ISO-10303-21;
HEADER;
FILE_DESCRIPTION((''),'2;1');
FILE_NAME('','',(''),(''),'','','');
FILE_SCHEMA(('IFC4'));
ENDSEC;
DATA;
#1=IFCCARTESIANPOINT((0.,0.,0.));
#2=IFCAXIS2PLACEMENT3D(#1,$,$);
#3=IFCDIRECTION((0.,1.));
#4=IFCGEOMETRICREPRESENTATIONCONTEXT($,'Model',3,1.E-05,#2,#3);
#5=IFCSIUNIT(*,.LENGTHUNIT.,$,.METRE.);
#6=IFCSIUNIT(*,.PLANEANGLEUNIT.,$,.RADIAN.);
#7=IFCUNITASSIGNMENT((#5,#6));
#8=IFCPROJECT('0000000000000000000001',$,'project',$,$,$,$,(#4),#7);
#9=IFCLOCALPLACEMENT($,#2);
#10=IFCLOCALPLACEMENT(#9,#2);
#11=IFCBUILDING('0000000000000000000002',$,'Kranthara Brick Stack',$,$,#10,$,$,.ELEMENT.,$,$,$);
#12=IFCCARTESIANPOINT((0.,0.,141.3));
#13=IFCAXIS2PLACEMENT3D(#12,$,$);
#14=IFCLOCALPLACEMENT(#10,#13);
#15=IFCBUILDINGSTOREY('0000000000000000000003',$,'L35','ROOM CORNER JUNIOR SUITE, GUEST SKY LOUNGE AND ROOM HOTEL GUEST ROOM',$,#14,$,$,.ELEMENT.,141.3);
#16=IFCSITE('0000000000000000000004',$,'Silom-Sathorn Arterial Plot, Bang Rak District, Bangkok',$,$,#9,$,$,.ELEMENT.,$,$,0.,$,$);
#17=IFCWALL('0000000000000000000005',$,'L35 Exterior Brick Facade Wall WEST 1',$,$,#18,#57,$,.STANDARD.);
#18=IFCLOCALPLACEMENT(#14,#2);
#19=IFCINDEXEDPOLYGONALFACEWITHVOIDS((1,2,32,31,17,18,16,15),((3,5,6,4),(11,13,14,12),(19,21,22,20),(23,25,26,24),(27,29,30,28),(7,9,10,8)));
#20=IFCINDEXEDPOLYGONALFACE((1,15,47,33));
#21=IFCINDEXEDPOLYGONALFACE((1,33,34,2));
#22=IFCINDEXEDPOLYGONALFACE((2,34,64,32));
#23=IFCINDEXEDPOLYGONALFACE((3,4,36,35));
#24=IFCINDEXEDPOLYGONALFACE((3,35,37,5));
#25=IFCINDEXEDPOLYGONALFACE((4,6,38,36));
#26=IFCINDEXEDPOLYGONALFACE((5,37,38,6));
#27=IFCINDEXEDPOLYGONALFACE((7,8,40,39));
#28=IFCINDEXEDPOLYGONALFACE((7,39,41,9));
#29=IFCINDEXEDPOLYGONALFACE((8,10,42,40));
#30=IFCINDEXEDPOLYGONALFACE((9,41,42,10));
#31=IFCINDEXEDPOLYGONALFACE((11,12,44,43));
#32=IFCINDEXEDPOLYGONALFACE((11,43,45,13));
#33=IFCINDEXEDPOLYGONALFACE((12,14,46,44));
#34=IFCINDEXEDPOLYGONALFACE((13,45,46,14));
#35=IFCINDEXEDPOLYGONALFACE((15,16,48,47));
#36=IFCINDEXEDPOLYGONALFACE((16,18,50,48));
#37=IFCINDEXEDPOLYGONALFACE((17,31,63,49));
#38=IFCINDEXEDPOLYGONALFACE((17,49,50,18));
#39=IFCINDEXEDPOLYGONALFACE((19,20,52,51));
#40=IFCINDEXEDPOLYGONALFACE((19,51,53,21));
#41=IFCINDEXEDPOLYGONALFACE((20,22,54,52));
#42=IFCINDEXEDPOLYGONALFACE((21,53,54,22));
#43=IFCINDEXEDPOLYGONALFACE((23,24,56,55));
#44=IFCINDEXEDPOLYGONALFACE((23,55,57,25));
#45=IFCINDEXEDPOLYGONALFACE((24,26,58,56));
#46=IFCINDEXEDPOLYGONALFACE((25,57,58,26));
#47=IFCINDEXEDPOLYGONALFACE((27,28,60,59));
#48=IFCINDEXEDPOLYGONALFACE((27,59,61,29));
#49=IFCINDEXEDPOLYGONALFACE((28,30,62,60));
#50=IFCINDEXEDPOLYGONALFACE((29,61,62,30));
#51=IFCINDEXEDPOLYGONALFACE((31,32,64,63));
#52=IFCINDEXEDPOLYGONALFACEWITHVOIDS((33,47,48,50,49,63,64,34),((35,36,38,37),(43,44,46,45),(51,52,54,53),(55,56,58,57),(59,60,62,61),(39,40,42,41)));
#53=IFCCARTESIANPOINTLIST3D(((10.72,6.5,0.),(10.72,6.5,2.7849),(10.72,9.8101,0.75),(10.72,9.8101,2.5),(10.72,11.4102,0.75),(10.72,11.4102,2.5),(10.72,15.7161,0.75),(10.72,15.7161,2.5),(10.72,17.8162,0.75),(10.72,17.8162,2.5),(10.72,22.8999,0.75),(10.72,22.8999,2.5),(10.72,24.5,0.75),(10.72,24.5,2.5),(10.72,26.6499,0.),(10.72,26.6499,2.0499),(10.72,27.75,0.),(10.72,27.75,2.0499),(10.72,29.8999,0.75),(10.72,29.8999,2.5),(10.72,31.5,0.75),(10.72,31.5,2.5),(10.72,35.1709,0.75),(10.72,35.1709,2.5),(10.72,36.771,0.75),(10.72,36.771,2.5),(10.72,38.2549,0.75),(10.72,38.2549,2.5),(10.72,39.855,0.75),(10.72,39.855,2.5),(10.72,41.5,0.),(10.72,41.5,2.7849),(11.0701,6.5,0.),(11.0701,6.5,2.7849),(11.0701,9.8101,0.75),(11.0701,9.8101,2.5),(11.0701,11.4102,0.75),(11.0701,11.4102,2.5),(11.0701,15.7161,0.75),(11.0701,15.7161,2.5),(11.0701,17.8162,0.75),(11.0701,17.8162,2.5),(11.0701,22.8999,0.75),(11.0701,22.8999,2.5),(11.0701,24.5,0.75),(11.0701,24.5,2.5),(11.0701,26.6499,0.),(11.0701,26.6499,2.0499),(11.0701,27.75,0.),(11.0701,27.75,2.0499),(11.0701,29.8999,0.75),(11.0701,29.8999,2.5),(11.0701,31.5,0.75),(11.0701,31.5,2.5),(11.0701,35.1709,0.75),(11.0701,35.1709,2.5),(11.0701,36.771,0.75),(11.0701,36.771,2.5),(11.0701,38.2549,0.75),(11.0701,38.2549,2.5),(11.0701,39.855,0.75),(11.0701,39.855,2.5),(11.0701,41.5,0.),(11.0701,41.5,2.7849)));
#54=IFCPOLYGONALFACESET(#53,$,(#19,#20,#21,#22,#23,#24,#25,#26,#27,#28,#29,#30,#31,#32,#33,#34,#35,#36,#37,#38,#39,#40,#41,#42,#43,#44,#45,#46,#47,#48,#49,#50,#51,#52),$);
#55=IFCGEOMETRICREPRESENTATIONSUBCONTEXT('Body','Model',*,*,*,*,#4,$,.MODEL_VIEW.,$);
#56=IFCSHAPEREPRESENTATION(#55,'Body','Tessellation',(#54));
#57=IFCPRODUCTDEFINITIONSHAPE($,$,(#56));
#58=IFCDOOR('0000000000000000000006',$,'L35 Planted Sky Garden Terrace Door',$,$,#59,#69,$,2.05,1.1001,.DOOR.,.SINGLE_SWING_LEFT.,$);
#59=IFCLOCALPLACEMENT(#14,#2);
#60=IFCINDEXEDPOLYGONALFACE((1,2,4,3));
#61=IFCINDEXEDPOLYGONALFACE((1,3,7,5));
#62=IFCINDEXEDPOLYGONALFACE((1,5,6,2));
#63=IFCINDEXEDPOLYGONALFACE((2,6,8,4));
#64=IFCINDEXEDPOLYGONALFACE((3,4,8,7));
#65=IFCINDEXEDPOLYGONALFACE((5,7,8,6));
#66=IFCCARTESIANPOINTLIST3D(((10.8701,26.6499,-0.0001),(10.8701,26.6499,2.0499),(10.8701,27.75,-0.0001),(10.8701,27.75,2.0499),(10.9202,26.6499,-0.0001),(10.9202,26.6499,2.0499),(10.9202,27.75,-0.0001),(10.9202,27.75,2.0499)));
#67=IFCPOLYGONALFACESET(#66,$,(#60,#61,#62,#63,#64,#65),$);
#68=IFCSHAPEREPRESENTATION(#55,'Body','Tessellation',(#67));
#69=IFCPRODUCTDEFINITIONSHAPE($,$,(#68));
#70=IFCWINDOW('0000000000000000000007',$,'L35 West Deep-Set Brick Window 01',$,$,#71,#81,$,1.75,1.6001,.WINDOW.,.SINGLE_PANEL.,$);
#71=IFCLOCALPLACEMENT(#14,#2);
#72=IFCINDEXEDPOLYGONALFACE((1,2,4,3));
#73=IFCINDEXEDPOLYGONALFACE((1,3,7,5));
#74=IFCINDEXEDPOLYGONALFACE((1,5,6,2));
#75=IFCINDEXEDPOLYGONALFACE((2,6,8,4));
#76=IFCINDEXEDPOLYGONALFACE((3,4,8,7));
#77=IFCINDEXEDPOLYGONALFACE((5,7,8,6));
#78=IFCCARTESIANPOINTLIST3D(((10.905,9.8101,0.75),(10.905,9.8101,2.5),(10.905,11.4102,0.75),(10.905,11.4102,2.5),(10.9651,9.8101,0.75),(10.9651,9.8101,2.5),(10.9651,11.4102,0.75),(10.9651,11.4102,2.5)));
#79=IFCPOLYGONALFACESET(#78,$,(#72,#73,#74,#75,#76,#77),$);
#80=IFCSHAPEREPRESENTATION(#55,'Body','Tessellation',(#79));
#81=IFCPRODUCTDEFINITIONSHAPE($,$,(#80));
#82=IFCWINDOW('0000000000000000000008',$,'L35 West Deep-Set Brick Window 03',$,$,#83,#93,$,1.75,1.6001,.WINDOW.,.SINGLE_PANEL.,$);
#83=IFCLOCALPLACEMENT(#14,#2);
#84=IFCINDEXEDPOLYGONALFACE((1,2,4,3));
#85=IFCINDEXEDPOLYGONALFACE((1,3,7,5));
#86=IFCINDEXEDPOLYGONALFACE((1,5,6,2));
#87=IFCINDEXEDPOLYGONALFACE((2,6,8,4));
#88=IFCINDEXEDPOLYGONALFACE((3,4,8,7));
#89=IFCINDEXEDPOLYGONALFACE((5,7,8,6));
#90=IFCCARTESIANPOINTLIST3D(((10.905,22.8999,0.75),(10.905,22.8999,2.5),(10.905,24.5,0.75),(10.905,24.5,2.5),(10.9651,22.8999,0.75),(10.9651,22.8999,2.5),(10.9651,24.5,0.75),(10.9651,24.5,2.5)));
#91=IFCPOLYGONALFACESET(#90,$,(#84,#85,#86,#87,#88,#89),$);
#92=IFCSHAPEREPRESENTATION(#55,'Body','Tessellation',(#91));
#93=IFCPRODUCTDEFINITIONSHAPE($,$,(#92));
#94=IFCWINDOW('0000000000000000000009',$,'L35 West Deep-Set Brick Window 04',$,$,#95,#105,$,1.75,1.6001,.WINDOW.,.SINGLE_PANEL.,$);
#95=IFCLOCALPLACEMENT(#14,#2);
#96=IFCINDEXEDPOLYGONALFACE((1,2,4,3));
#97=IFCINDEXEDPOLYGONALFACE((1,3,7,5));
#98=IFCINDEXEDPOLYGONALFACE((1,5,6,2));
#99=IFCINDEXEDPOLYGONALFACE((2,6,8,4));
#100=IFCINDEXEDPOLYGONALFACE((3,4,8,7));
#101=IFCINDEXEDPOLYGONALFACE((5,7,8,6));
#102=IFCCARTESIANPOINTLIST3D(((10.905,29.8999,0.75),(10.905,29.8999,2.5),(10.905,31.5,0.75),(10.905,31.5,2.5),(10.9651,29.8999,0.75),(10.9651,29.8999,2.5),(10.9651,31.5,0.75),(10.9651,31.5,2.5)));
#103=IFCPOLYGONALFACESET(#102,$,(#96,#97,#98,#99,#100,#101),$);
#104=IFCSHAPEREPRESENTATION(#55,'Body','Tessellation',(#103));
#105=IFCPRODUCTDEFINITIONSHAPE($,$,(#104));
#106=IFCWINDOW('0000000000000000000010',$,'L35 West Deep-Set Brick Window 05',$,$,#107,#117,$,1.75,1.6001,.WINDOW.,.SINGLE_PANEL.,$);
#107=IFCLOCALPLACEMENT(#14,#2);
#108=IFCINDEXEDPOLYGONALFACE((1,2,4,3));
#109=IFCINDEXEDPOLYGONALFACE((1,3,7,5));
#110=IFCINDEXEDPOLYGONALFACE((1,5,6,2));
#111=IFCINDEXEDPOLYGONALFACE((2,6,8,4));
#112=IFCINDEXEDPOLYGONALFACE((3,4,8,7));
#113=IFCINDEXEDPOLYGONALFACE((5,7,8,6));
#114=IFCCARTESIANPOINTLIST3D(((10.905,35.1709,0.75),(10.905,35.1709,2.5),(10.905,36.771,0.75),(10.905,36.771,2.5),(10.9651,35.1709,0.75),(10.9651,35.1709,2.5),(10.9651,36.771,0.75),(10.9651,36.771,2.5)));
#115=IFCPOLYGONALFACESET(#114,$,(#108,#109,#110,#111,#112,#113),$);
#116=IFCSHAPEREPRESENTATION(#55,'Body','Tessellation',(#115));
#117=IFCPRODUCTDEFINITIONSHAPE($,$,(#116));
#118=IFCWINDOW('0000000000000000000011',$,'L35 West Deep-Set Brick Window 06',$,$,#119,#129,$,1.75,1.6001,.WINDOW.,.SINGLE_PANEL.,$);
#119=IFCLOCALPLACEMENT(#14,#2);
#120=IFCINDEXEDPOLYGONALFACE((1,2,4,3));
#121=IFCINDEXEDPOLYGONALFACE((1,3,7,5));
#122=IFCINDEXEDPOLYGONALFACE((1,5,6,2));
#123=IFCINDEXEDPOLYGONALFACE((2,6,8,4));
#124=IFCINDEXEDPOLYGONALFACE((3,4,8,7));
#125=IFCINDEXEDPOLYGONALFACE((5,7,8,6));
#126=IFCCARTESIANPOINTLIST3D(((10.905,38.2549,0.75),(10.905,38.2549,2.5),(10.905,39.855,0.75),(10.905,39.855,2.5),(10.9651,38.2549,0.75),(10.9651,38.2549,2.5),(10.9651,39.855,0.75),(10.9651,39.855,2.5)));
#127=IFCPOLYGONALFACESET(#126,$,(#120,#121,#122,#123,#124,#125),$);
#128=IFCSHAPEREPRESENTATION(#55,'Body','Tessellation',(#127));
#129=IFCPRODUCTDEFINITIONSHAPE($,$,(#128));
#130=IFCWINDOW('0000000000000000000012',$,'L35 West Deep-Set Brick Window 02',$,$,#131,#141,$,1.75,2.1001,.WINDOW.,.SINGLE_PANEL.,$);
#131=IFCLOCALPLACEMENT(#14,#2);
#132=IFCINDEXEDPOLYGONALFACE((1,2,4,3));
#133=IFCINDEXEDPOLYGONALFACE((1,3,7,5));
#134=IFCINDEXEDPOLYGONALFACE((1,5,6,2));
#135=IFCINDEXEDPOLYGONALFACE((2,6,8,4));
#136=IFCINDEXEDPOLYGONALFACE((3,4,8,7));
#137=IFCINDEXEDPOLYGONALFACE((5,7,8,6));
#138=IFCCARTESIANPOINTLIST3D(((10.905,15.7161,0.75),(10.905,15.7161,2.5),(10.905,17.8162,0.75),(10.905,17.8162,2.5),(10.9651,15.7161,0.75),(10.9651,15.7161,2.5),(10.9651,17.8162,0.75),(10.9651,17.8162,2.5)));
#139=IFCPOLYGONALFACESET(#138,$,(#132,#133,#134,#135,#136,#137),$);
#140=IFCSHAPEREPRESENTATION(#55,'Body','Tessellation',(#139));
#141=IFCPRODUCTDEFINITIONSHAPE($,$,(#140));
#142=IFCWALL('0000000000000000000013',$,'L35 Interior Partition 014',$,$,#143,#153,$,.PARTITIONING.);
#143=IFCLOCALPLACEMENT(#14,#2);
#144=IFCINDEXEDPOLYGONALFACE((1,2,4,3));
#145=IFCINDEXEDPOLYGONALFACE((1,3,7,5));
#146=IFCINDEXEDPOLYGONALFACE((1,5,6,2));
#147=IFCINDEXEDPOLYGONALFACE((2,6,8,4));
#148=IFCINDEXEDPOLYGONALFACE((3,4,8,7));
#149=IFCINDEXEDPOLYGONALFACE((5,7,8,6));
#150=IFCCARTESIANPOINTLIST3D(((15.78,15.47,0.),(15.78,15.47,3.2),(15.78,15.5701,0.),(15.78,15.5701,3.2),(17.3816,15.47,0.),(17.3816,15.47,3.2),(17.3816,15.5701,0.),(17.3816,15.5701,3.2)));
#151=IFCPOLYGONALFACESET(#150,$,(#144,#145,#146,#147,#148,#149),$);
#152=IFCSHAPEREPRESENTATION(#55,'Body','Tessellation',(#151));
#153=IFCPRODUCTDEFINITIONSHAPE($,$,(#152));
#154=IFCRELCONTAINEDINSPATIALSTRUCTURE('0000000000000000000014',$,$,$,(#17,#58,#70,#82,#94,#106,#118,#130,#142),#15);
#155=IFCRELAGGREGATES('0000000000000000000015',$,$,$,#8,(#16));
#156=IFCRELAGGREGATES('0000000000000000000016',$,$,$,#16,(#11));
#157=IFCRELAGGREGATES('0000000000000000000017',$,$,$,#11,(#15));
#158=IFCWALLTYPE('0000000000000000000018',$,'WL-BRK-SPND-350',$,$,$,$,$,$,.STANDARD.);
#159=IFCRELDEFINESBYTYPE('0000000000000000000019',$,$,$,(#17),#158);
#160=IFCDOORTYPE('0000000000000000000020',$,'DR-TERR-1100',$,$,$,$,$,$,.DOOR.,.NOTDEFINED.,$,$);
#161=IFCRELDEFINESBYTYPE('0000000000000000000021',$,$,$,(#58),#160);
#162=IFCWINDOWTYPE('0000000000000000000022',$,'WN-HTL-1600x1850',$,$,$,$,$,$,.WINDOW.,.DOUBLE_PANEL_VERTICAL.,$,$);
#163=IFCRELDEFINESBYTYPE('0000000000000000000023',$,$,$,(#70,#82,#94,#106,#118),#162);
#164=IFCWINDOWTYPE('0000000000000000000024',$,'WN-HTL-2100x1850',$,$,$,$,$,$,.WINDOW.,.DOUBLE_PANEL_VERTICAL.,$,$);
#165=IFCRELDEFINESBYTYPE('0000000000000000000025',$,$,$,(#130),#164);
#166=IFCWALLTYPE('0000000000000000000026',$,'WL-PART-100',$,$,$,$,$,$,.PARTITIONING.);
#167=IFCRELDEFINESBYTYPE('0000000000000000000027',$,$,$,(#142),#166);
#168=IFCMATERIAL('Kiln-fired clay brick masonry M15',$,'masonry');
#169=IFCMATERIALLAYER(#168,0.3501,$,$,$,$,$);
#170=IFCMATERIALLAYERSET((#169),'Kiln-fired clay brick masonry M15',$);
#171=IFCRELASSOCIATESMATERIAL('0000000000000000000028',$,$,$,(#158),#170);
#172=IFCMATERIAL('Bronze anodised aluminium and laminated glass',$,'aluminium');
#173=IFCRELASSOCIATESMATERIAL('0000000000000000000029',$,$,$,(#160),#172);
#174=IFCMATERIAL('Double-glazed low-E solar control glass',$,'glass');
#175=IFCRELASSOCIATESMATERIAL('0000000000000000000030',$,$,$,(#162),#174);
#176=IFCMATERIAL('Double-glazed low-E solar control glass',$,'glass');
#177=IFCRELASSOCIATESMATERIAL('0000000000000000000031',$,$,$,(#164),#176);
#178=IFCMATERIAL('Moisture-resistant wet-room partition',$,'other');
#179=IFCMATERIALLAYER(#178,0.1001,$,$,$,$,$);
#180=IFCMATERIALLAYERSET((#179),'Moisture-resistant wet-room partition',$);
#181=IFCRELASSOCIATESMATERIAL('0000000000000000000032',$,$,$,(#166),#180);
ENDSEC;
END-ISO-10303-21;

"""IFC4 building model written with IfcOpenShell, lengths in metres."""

from ifc_helpers import new_model, si_unit, direction, frame, frame_2d, origin, place, context, subcontext, project, spatial, rectangle, extrude, material, layer, layer_set, type_object, element, fill, save


model = new_model("IFC4")

# Units and contexts
model_context = context("Model", 3, precision=1e-05, world=origin(), true_north=direction((0.0, 1.0)))
body_context = subcontext(model_context, "Body", "Model", "MODEL_VIEW")
ifc_project = project(units=[si_unit("LENGTHUNIT", "METRE"), si_unit("PLANEANGLEUNIT", "RADIAN")], contexts=[model_context])

# Site, building, storey
site_placement = place(None, origin())
site = spatial("IfcSite", under=ifc_project, at=site_placement, Name="Silom-Sathorn Arterial Plot, Bang Rak District, Bangkok", CompositionType="ELEMENT", RefElevation=0.0)
building_placement = place(site_placement, origin())
building = spatial("IfcBuilding", under=site, at=building_placement, Name="Kranthara Brick Stack", CompositionType="ELEMENT")
storey_placement = place(building_placement, frame((0.0, 0.0, 141.3)))
storey = spatial("IfcBuildingStorey", under=building, at=storey_placement, Name="L35", Description="ROOM CORNER JUNIOR SUITE, GUEST SKY LOUNGE AND ROOM HOTEL GUEST ROOM", CompositionType="ELEMENT", Elevation=141.3)

# Shared definitions
ifc_material_1 = material(Name="Kiln-fired clay brick masonry M15", Category="masonry")
ifc_layer_1 = layer(ifc_material_1, 0.3501)
ifc_layer_set_1 = layer_set([ifc_layer_1], Name="Kiln-fired clay brick masonry M15")
wall_type_1 = type_object("IfcWallType", Name="WL-BRK-SPND-350", PredefinedType="STANDARD", material=ifc_layer_set_1)

# Wall, openings, door, windows
wall_1_placement = place(storey_placement, frame((10.895, 6.5, 0.0), z_axis=(0.0, 0.0, 1.0), x_axis=(0.0, 1.0, 0.0)))
wall_1 = element("IfcWall", 1, at=wall_1_placement, inside=storey, type_object=wall_type_1, Name="L35 Exterior Brick Facade Wall WEST 1", PredefinedType="STANDARD", context=body_context, shape_type="SweptSolid", body=[
    extrude(rectangle(XDim=35.0, YDim=0.3501, at=frame_2d((17.5, 0.0))), origin(), (0.0, 0.0, 1.0), 2.7849),
])
opening_1_placement = place(wall_1_placement, frame((20.1499, 0.0, 0.0)))
opening_1 = element("IfcOpeningElement", 2, at=opening_1_placement, cuts=wall_1, PredefinedType="OPENING", context=body_context, shape_type="SweptSolid", body=[
    extrude(rectangle(XDim=1.1001, YDim=2.05, at=frame_2d((0.55, 1.0249))), frame((0.0, 0.1851, 0.0), z_axis=(0.0, -1.0, 0.0), x_axis=(1.0, 0.0, 0.0)), (0.0, 0.0, 1.0), 0.3701),
])
opening_2_placement = place(wall_1_placement, frame((3.3101, 0.0, 0.75)))
opening_2 = element("IfcOpeningElement", 3, at=opening_2_placement, cuts=wall_1, PredefinedType="OPENING", context=body_context, shape_type="SweptSolid", body=[
    extrude(rectangle(XDim=1.6001, YDim=1.75, at=frame_2d((0.8, 0.875))), frame((0.0, 0.1851, 0.0), z_axis=(0.0, -1.0, 0.0), x_axis=(1.0, 0.0, 0.0)), (0.0, 0.0, 1.0), 0.3701),
])
opening_3_placement = place(wall_1_placement, frame((9.2161, 0.0, 0.75)))
opening_3 = element("IfcOpeningElement", 4, at=opening_3_placement, cuts=wall_1, PredefinedType="OPENING", context=body_context, shape_type="SweptSolid", body=[
    extrude(rectangle(XDim=2.1001, YDim=1.75, at=frame_2d((1.05, 0.875))), frame((0.0, 0.1851, 0.0), z_axis=(0.0, -1.0, 0.0), x_axis=(1.0, 0.0, 0.0)), (0.0, 0.0, 1.0), 0.3701),
])
opening_4_placement = place(wall_1_placement, frame((16.3999, 0.0, 0.75)))
opening_4 = element("IfcOpeningElement", 5, at=opening_4_placement, cuts=wall_1, PredefinedType="OPENING", context=body_context, shape_type="SweptSolid", body=[
    extrude(rectangle(XDim=1.6001, YDim=1.75, at=frame_2d((0.8, 0.875))), frame((0.0, 0.1851, 0.0), z_axis=(0.0, -1.0, 0.0), x_axis=(1.0, 0.0, 0.0)), (0.0, 0.0, 1.0), 0.3701),
])
opening_5_placement = place(wall_1_placement, frame((23.3999, 0.0, 0.75)))
opening_5 = element("IfcOpeningElement", 6, at=opening_5_placement, cuts=wall_1, PredefinedType="OPENING", context=body_context, shape_type="SweptSolid", body=[
    extrude(rectangle(XDim=1.6001, YDim=1.75, at=frame_2d((0.8, 0.875))), frame((0.0, 0.1851, 0.0), z_axis=(0.0, -1.0, 0.0), x_axis=(1.0, 0.0, 0.0)), (0.0, 0.0, 1.0), 0.3701),
])
opening_6_placement = place(wall_1_placement, frame((28.6709, 0.0, 0.75)))
opening_6 = element("IfcOpeningElement", 7, at=opening_6_placement, cuts=wall_1, PredefinedType="OPENING", context=body_context, shape_type="SweptSolid", body=[
    extrude(rectangle(XDim=1.6001, YDim=1.75, at=frame_2d((0.8, 0.875))), frame((0.0, 0.1851, 0.0), z_axis=(0.0, -1.0, 0.0), x_axis=(1.0, 0.0, 0.0)), (0.0, 0.0, 1.0), 0.3701),
])
opening_7_placement = place(wall_1_placement, frame((31.7549, 0.0, 0.75)))
opening_7 = element("IfcOpeningElement", 8, at=opening_7_placement, cuts=wall_1, PredefinedType="OPENING", context=body_context, shape_type="SweptSolid", body=[
    extrude(rectangle(XDim=1.6001, YDim=1.75, at=frame_2d((0.8, 0.875))), frame((0.0, 0.1851, 0.0), z_axis=(0.0, -1.0, 0.0), x_axis=(1.0, 0.0, 0.0)), (0.0, 0.0, 1.0), 0.3701),
])
ifc_material_2 = material(Name="Bronze anodised aluminium and laminated glass", Category="aluminium")
door_type = type_object("IfcDoorType", Name="DR-TERR-1100", OperationType="NOTDEFINED", PredefinedType="DOOR", material=ifc_material_2)
door_placement = place(opening_1_placement, origin())
door = element("IfcDoor", 9, at=door_placement, inside=storey, type_object=door_type, Name="L35 Planted Sky Garden Terrace Door", OperationType="SINGLE_SWING_LEFT", OverallHeight=2.05, OverallWidth=1.1001, PredefinedType="DOOR", context=body_context, shape_type="SweptSolid", body=[
    extrude(rectangle(XDim=1.1001, YDim=2.05, at=frame_2d((0.55, 1.0249))), frame((0.0, 0.0249, 0.0), z_axis=(0.0, -1.0, 0.0), x_axis=(1.0, 0.0, 0.0)), (0.0, 0.0, 1.0), 0.05),
])
fill(opening_1, door)
ifc_material_3 = material(Name="Double-glazed low-E solar control glass", Category="glass")
window_type_1 = type_object("IfcWindowType", Name="WN-HTL-1600x1850", PartitioningType="DOUBLE_PANEL_VERTICAL", PredefinedType="WINDOW", material=ifc_material_3)
window_1_placement = place(opening_2_placement, origin())
window_1 = element("IfcWindow", 10, at=window_1_placement, inside=storey, type_object=window_type_1, Name="L35 West Deep-Set Brick Window 01", OverallHeight=1.75, OverallWidth=1.6001, PartitioningType="SINGLE_PANEL", PredefinedType="WINDOW", context=body_context, shape_type="SweptSolid", body=[
    extrude(rectangle(XDim=1.6001, YDim=1.75, at=frame_2d((0.8, 0.875))), frame((0.0, -0.01, 0.0), z_axis=(0.0, -1.0, 0.0), x_axis=(1.0, 0.0, 0.0)), (0.0, 0.0, 1.0), 0.0601),
])
fill(opening_2, window_1)
window_2_placement = place(opening_4_placement, origin())
window_2 = element("IfcWindow", 11, at=window_2_placement, inside=storey, type_object=window_type_1, Name="L35 West Deep-Set Brick Window 03", OverallHeight=1.75, OverallWidth=1.6001, PartitioningType="SINGLE_PANEL", PredefinedType="WINDOW", context=body_context, shape_type="SweptSolid", body=[
    extrude(rectangle(XDim=1.6001, YDim=1.75, at=frame_2d((0.8, 0.875))), frame((0.0, -0.01, 0.0), z_axis=(0.0, -1.0, 0.0), x_axis=(1.0, 0.0, 0.0)), (0.0, 0.0, 1.0), 0.0601),
])
fill(opening_4, window_2)
window_3_placement = place(opening_5_placement, origin())
window_3 = element("IfcWindow", 12, at=window_3_placement, inside=storey, type_object=window_type_1, Name="L35 West Deep-Set Brick Window 04", OverallHeight=1.75, OverallWidth=1.6001, PartitioningType="SINGLE_PANEL", PredefinedType="WINDOW", context=body_context, shape_type="SweptSolid", body=[
    extrude(rectangle(XDim=1.6001, YDim=1.75, at=frame_2d((0.8, 0.875))), frame((0.0, -0.01, 0.0), z_axis=(0.0, -1.0, 0.0), x_axis=(1.0, 0.0, 0.0)), (0.0, 0.0, 1.0), 0.0601),
])
fill(opening_5, window_3)
window_4_placement = place(opening_6_placement, origin())
window_4 = element("IfcWindow", 13, at=window_4_placement, inside=storey, type_object=window_type_1, Name="L35 West Deep-Set Brick Window 05", OverallHeight=1.75, OverallWidth=1.6001, PartitioningType="SINGLE_PANEL", PredefinedType="WINDOW", context=body_context, shape_type="SweptSolid", body=[
    extrude(rectangle(XDim=1.6001, YDim=1.75, at=frame_2d((0.8, 0.875))), frame((0.0, -0.01, 0.0), z_axis=(0.0, -1.0, 0.0), x_axis=(1.0, 0.0, 0.0)), (0.0, 0.0, 1.0), 0.0601),
])
fill(opening_6, window_4)
window_5_placement = place(opening_7_placement, origin())
window_5 = element("IfcWindow", 14, at=window_5_placement, inside=storey, type_object=window_type_1, Name="L35 West Deep-Set Brick Window 06", OverallHeight=1.75, OverallWidth=1.6001, PartitioningType="SINGLE_PANEL", PredefinedType="WINDOW", context=body_context, shape_type="SweptSolid", body=[
    extrude(rectangle(XDim=1.6001, YDim=1.75, at=frame_2d((0.8, 0.875))), frame((0.0, -0.01, 0.0), z_axis=(0.0, -1.0, 0.0), x_axis=(1.0, 0.0, 0.0)), (0.0, 0.0, 1.0), 0.0601),
])
fill(opening_7, window_5)
ifc_material_4 = material(Name="Double-glazed low-E solar control glass", Category="glass")
window_type_2 = type_object("IfcWindowType", Name="WN-HTL-2100x1850", PartitioningType="DOUBLE_PANEL_VERTICAL", PredefinedType="WINDOW", material=ifc_material_4)
window_6_placement = place(opening_3_placement, origin())
window_6 = element("IfcWindow", 15, at=window_6_placement, inside=storey, type_object=window_type_2, Name="L35 West Deep-Set Brick Window 02", OverallHeight=1.75, OverallWidth=2.1001, PartitioningType="SINGLE_PANEL", PredefinedType="WINDOW", context=body_context, shape_type="SweptSolid", body=[
    extrude(rectangle(XDim=2.1001, YDim=1.75, at=frame_2d((1.05, 0.875))), frame((0.0, -0.01, 0.0), z_axis=(0.0, -1.0, 0.0), x_axis=(1.0, 0.0, 0.0)), (0.0, 0.0, 1.0), 0.0601),
])
fill(opening_3, window_6)

# Wall
ifc_material_5 = material(Name="Moisture-resistant wet-room partition", Category="other")
ifc_layer_2 = layer(ifc_material_5, 0.1001)
ifc_layer_set_2 = layer_set([ifc_layer_2], Name="Moisture-resistant wet-room partition")
wall_type_2 = type_object("IfcWallType", Name="WL-PART-100", PredefinedType="PARTITIONING", material=ifc_layer_set_2)
wall_2_placement = place(storey_placement, frame((15.78, 15.52, 0.0), z_axis=(0.0, 0.0, 1.0), x_axis=(1.0, 0.0, 0.0)))
element("IfcWall", 16, at=wall_2_placement, inside=storey, type_object=wall_type_2, Name="L35 Interior Partition 014", PredefinedType="PARTITIONING", context=body_context, shape_type="SweptSolid", body=[
    extrude(rectangle(XDim=1.6016, YDim=0.1001, at=frame_2d((0.8008, 0.0))), origin(), (0.0, 0.0, 1.0), 3.2),
])

save(model, "model.ifc")
